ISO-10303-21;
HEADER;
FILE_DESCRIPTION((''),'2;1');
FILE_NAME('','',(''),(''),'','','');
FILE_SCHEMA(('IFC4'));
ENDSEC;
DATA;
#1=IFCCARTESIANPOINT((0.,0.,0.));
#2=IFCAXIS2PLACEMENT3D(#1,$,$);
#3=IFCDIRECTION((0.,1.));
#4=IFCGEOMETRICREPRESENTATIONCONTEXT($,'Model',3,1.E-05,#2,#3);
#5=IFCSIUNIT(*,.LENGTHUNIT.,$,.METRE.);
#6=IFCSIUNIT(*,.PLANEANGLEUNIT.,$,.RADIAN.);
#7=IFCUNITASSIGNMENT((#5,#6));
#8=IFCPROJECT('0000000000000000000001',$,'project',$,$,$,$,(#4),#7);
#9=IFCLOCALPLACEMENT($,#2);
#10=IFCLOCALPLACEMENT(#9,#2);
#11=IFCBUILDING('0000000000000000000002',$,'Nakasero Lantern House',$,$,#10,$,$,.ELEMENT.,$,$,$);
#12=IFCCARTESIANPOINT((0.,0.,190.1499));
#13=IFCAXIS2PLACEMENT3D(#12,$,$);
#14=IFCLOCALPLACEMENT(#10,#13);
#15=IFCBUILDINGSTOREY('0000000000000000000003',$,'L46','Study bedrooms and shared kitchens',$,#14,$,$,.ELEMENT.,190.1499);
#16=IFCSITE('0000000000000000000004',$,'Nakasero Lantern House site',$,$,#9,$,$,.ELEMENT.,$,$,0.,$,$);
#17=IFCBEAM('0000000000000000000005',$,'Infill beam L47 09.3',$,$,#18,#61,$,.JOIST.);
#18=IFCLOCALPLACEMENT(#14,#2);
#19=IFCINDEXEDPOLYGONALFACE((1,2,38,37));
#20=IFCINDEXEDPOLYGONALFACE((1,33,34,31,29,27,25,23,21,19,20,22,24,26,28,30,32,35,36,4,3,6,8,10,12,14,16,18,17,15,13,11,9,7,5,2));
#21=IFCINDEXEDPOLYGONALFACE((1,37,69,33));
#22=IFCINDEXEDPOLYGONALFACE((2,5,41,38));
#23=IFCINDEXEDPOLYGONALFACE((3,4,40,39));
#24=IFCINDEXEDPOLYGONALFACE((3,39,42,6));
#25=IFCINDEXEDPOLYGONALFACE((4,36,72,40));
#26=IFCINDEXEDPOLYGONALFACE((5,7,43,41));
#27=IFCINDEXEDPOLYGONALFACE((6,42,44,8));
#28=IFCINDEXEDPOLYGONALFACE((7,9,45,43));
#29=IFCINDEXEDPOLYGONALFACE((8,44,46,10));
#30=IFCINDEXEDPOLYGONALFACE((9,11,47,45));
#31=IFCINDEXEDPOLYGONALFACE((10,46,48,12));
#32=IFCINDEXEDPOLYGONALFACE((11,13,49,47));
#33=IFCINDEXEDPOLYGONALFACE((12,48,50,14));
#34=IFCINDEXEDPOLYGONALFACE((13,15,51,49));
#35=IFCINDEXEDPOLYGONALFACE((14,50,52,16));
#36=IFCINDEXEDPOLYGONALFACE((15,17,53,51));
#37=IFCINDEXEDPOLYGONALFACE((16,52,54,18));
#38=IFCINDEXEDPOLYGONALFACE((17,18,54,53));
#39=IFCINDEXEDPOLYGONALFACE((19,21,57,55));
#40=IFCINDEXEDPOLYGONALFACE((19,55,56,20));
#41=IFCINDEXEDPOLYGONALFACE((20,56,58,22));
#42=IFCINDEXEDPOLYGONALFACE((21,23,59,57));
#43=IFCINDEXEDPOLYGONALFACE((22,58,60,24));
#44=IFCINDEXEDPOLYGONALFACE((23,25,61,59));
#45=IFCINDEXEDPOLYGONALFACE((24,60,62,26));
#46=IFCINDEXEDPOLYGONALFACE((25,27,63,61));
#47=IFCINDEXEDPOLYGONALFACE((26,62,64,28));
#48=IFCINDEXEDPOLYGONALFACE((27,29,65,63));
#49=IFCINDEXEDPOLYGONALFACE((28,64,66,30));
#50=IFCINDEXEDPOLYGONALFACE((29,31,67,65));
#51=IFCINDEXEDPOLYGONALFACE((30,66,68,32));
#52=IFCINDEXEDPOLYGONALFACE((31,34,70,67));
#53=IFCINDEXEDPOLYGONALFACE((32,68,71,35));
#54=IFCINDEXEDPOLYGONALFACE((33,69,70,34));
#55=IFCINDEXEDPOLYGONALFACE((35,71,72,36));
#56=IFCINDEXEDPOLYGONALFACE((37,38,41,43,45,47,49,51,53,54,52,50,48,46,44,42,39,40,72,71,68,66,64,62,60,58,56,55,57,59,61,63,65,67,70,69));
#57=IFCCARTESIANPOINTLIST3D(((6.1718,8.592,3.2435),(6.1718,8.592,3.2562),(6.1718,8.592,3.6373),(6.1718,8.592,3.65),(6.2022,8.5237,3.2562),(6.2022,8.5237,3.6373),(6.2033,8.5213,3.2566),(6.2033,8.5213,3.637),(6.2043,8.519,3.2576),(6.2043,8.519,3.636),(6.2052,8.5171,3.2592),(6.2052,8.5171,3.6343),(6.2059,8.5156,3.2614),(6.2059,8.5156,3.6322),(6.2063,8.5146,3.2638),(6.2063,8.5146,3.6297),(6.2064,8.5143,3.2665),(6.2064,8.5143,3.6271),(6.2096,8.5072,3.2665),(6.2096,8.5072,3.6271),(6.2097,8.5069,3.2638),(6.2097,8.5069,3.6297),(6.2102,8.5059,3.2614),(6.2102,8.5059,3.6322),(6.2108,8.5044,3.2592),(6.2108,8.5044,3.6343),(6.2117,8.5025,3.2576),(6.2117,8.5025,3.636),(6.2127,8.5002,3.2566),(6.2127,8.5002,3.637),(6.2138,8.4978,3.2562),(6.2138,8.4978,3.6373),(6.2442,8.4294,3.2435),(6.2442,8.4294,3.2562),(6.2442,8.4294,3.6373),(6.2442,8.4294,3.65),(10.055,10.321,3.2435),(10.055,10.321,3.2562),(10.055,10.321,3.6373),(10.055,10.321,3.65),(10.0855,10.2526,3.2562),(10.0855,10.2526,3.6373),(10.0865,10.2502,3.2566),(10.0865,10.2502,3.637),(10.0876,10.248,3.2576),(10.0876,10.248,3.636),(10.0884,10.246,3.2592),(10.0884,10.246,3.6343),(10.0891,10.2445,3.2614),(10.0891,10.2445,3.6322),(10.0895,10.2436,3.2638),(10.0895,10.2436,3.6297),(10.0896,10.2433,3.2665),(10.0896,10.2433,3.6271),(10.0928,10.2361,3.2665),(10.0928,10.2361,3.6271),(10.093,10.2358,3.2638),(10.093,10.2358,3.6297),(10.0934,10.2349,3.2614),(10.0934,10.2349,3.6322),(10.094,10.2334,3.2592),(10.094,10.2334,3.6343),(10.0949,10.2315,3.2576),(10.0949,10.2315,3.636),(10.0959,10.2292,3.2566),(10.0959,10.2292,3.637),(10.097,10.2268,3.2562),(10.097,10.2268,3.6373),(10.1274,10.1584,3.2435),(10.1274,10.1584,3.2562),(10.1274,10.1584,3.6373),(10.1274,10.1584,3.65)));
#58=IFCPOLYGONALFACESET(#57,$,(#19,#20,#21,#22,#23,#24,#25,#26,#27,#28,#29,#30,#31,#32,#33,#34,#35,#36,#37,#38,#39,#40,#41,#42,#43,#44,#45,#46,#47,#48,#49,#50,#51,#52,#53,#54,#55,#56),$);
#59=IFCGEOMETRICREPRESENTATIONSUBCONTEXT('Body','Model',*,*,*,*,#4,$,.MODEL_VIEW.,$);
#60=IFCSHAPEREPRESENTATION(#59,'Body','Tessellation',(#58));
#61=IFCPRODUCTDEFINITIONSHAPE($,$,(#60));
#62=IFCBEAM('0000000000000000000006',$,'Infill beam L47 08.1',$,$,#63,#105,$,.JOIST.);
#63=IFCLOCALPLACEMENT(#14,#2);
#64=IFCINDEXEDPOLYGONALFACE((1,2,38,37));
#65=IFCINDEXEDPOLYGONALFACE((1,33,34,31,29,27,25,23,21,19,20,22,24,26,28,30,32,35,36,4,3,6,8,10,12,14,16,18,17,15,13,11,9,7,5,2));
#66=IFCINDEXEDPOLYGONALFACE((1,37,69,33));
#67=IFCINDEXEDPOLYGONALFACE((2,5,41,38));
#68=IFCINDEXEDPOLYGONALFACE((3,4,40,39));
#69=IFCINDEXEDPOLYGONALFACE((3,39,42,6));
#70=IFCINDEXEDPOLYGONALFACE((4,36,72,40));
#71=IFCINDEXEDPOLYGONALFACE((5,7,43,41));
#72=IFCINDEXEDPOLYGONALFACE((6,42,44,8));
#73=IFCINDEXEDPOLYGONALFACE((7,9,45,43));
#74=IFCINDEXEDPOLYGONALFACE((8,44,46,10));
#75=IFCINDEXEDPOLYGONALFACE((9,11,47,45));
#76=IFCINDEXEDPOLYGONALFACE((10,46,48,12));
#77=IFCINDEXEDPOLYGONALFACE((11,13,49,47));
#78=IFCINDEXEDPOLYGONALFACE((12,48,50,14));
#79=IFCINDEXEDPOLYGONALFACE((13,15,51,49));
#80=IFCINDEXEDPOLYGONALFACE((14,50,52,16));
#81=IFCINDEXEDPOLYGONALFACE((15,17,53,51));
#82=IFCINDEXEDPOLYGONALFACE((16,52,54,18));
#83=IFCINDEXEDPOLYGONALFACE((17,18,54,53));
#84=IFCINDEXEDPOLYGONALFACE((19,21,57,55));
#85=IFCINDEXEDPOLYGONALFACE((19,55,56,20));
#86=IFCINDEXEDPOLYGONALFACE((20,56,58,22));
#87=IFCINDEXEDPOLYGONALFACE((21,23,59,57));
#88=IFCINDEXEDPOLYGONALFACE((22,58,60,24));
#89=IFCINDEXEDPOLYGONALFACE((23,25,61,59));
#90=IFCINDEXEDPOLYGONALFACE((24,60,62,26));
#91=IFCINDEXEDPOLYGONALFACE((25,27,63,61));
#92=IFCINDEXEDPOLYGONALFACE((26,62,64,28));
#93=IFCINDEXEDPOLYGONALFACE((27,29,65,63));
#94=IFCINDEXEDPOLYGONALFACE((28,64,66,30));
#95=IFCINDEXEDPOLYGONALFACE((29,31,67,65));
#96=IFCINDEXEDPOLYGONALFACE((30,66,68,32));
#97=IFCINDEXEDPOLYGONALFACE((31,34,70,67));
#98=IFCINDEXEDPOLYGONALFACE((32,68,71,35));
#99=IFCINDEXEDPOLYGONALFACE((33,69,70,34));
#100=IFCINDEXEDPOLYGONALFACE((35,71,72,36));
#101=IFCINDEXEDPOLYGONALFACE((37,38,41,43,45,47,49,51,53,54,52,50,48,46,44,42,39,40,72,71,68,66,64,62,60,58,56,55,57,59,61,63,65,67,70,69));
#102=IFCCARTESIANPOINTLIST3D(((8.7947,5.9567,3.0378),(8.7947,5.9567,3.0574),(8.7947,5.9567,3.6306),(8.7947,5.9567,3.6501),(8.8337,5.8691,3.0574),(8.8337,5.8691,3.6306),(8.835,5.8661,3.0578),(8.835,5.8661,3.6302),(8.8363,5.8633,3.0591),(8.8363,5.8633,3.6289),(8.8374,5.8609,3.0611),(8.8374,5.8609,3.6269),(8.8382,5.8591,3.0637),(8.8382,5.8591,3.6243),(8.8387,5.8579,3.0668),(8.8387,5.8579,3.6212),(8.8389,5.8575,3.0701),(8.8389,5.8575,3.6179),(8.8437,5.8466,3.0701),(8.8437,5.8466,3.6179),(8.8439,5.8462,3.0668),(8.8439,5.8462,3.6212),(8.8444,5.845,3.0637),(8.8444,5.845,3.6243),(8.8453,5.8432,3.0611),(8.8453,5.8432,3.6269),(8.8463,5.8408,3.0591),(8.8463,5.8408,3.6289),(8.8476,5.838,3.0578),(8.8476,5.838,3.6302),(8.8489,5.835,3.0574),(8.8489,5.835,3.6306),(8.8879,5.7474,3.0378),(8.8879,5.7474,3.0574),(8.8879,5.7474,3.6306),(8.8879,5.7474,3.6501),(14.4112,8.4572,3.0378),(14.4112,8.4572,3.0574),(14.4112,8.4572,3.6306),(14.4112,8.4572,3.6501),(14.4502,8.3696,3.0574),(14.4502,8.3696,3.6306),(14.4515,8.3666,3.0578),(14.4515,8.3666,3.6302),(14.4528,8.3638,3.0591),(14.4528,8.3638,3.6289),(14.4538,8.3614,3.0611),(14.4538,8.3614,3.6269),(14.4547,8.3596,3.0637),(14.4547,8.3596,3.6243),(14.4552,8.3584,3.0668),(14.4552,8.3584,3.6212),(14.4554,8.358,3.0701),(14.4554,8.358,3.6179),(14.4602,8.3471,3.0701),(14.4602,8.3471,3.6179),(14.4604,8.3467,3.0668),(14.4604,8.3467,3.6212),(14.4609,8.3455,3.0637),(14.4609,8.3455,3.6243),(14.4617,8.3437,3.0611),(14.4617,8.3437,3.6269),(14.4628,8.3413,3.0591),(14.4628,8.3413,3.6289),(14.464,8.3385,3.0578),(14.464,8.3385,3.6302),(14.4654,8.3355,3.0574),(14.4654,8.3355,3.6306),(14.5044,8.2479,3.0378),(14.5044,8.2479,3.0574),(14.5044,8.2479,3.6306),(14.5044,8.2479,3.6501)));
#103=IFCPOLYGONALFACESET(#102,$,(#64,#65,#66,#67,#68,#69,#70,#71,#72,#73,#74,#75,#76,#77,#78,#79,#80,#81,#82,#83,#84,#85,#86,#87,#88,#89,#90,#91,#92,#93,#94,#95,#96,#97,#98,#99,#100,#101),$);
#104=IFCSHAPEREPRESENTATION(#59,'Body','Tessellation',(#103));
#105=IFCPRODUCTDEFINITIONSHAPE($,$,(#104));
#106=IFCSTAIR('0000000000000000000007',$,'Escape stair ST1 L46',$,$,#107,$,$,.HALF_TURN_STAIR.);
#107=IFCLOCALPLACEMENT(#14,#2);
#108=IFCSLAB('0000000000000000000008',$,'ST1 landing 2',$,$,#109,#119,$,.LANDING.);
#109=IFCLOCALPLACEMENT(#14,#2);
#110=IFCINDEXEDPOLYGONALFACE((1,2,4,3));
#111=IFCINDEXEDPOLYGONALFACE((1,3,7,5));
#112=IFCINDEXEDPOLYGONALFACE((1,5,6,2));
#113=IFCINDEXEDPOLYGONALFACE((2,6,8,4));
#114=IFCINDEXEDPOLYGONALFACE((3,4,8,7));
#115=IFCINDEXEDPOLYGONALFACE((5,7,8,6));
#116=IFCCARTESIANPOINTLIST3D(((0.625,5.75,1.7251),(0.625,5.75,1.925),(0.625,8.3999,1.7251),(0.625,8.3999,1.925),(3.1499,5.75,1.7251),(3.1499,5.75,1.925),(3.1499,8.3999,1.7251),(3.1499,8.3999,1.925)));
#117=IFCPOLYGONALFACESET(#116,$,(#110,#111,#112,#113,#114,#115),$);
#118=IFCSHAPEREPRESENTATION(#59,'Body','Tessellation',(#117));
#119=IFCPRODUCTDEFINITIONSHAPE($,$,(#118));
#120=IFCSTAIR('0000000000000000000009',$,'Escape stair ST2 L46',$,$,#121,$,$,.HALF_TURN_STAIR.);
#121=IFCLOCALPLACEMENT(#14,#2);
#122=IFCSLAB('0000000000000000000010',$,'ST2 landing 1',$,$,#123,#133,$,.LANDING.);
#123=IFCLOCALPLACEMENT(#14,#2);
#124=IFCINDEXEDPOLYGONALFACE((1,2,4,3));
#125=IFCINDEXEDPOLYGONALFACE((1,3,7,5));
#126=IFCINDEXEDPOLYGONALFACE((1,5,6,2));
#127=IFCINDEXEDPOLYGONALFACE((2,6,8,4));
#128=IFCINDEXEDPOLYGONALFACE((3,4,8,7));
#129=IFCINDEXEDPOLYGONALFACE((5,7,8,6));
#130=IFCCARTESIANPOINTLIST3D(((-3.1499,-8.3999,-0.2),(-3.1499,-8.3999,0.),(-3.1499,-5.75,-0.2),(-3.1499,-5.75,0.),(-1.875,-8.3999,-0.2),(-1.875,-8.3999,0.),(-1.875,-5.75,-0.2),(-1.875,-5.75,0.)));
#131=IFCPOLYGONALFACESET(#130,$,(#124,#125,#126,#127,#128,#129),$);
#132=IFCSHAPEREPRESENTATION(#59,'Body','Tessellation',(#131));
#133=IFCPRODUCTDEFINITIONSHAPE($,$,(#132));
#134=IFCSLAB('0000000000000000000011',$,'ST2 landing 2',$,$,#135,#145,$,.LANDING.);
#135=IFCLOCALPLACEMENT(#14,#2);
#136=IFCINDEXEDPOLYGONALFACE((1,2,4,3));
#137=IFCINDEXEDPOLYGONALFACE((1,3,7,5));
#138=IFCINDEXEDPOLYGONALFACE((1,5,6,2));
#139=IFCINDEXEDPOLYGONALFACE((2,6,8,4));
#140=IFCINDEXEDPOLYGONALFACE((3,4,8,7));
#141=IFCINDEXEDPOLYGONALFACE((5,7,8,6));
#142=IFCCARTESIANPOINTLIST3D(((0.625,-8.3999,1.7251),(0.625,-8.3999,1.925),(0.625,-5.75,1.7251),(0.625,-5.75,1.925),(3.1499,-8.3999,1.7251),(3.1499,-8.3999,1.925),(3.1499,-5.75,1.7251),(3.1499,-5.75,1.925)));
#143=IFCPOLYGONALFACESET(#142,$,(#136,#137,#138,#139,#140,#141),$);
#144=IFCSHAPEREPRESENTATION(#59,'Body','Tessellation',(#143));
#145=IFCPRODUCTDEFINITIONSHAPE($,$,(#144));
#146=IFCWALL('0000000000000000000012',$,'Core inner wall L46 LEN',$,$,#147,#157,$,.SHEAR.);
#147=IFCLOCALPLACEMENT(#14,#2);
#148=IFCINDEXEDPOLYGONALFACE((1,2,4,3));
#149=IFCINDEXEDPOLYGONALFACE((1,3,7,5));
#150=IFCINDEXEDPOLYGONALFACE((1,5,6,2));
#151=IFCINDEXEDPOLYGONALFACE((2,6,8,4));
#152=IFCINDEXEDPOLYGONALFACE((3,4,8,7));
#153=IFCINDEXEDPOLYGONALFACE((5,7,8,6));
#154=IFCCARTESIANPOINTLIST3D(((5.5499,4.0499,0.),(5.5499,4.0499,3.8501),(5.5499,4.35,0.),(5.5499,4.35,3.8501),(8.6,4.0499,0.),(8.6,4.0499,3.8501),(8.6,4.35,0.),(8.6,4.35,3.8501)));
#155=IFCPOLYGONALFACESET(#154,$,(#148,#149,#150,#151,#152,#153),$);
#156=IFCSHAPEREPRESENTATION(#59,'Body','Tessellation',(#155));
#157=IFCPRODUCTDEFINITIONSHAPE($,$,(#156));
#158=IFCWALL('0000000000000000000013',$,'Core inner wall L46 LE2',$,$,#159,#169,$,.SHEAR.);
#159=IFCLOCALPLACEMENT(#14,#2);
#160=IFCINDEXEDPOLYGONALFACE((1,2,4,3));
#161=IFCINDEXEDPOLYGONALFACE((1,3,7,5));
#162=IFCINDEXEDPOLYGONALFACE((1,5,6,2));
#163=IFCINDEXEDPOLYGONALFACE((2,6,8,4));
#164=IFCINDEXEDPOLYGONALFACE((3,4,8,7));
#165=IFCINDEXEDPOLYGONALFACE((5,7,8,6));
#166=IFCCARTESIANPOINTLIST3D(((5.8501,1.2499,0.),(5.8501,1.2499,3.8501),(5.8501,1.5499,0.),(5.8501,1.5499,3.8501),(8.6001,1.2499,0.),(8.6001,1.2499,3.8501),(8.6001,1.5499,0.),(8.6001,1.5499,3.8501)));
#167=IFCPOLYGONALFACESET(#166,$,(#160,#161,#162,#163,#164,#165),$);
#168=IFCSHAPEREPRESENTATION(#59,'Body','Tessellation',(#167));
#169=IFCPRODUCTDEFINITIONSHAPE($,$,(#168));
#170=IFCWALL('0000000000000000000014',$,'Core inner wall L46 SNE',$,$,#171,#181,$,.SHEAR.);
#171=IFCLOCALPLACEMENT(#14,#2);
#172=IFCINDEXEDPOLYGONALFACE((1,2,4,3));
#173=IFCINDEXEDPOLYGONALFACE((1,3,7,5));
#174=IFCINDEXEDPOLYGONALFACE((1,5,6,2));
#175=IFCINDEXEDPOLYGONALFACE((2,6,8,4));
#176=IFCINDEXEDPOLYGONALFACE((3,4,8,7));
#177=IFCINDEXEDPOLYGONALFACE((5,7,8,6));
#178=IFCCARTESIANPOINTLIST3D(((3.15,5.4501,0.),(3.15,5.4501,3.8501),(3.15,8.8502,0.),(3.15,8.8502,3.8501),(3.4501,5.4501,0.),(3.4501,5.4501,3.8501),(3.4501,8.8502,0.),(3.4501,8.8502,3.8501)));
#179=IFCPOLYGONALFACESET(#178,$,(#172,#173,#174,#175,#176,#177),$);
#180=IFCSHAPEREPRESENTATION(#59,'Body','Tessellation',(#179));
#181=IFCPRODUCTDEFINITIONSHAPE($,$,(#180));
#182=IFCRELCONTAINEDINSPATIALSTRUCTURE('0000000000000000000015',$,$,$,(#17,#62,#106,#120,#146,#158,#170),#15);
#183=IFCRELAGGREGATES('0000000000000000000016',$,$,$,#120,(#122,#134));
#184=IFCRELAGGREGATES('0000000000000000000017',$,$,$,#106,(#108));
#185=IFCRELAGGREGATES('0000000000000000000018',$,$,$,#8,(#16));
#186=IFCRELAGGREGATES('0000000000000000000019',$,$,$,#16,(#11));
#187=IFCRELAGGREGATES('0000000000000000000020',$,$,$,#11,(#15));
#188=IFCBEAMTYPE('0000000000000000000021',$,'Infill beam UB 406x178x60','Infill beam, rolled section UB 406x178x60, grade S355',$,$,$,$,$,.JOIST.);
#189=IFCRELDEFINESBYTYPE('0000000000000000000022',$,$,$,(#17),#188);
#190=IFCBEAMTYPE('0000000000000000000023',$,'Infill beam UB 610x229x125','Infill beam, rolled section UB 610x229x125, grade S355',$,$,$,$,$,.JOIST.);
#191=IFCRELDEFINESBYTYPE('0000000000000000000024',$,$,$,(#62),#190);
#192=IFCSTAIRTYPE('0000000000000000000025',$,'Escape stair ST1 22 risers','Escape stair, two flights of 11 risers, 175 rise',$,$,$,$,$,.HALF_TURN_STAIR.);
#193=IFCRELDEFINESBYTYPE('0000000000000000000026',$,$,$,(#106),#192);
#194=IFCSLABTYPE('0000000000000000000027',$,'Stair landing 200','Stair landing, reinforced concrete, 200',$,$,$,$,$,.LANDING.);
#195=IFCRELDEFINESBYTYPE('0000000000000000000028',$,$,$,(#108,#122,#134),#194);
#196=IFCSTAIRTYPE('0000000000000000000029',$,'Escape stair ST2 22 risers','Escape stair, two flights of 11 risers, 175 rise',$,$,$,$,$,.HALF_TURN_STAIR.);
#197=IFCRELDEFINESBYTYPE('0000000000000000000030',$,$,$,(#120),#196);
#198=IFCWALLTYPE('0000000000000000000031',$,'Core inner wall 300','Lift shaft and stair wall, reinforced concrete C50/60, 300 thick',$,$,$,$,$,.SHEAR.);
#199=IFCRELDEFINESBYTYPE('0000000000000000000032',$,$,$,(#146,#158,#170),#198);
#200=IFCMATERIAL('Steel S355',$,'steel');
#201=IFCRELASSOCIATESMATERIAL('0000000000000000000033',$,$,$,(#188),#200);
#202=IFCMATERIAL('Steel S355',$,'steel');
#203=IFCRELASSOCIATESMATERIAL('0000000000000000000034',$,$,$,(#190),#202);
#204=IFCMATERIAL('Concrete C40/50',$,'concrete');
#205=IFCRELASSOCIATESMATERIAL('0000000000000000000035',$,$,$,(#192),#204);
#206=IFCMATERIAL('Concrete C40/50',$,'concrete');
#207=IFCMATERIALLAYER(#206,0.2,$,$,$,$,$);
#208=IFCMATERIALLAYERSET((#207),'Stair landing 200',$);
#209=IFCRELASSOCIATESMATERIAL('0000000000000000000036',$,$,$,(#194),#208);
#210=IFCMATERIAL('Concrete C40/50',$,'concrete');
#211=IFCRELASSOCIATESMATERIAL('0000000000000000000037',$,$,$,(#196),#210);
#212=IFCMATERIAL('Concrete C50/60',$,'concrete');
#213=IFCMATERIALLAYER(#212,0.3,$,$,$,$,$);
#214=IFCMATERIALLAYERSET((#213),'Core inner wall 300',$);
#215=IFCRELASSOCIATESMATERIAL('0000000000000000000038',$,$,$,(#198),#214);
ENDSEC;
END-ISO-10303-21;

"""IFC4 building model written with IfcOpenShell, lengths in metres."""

from ifc_helpers import new_model, si_unit, direction, frame, frame_2d, origin, origin_2d, place, context, subcontext, project, spatial, polyline, rectangle, i_section, outline, extrude, material, layer, layer_set, material_profile, profile_set, type_object, element, aggregate, save


model = new_model("IFC4")

# Units and contexts
model_context = context("Model", 3, precision=1e-05, world=origin(), true_north=direction((0.0, 1.0)))
body_context = subcontext(model_context, "Body", "Model", "MODEL_VIEW")
ifc_project = project(units=[si_unit("LENGTHUNIT", "METRE"), si_unit("PLANEANGLEUNIT", "RADIAN")], contexts=[model_context])

# Site, building, storey
site_placement = place(None, origin())
site = spatial("IfcSite", under=ifc_project, at=site_placement, Name="Nakasero Lantern House site", CompositionType="ELEMENT", RefElevation=0.0)
building_placement = place(site_placement, origin())
building = spatial("IfcBuilding", under=site, at=building_placement, Name="Nakasero Lantern House", CompositionType="ELEMENT")
storey_placement = place(building_placement, frame((0.0, 0.0, 190.1499)))
storey = spatial("IfcBuildingStorey", under=building, at=storey_placement, Name="L46", Description="Study bedrooms and shared kitchens", CompositionType="ELEMENT", Elevation=190.1499)

# Beams
ifc_material_1 = material(Name="Steel S355", Category="steel")
ifc_material_profile_1 = material_profile(ifc_material_1, i_section(OverallWidth=0.178, OverallDepth=0.4065, WebThickness=0.0078, FlangeThickness=0.0127, FilletRadius=0.0103, at=origin_2d()), Name="UB 406x178x60")
ifc_profile_set_1 = profile_set([ifc_material_profile_1], Name="Steel S355")
beam_type_1 = type_object("IfcBeamType", Name="Infill beam UB 406x178x60", Description="Infill beam, rolled section UB 406x178x60, grade S355", PredefinedType="JOIST", material=ifc_profile_set_1)
beam_1_placement = place(storey_placement, frame((6.208, 8.5107, 3.4468), z_axis=(0.913541, 0.406746, 0.0), x_axis=(-0.406746, 0.913541, 0.0)))
element("IfcBeam", 1, at=beam_1_placement, inside=storey, type_object=beam_type_1, Name="Infill beam L47 09.3", PredefinedType="JOIST", context=body_context, shape_type="SweptSolid", body=[
    extrude(i_section(OverallWidth=0.178, OverallDepth=0.4065, WebThickness=0.0078, FlangeThickness=0.0127, FilletRadius=0.0103, at=origin_2d()), origin(), (0.0, 0.0, 1.0), 4.2507),
])
ifc_material_2 = material(Name="Steel S355", Category="steel")
ifc_material_profile_2 = material_profile(ifc_material_2, i_section(OverallWidth=0.229, OverallDepth=0.6123, WebThickness=0.012, FlangeThickness=0.0195, FilletRadius=0.0127, at=origin_2d()), Name="UB 610x229x125")
ifc_profile_set_2 = profile_set([ifc_material_profile_2], Name="Steel S355")
beam_type_2 = type_object("IfcBeamType", Name="Infill beam UB 610x229x125", Description="Infill beam, rolled section UB 610x229x125, grade S355", PredefinedType="JOIST", material=ifc_profile_set_2)
beam_2_placement = place(storey_placement, frame((8.8413, 5.8521, 3.344), z_axis=(0.913553, 0.406721, 0.0), x_axis=(-0.406721, 0.913553, 0.0)))
element("IfcBeam", 2, at=beam_2_placement, inside=storey, type_object=beam_type_2, Name="Infill beam L47 08.1", PredefinedType="JOIST", context=body_context, shape_type="SweptSolid", body=[
    extrude(i_section(OverallWidth=0.229, OverallDepth=0.6123, WebThickness=0.012, FlangeThickness=0.0195, FilletRadius=0.0127, at=origin_2d()), origin(), (0.0, 0.0, 1.0), 6.1479),
])

# Stair, slab
ifc_material_3 = material(Name="Concrete C40/50", Category="concrete")
stair_type_1 = type_object("IfcStairType", Name="Escape stair ST1 22 risers", Description="Escape stair, two flights of 11 risers, 175 rise", PredefinedType="HALF_TURN_STAIR", material=ifc_material_3)
stair_1_placement = place(storey_placement, origin())
stair_1 = element("IfcStair", 3, at=stair_1_placement, inside=storey, type_object=stair_type_1, Name="Escape stair ST1 L46", PredefinedType="HALF_TURN_STAIR")
ifc_material_4 = material(Name="Concrete C40/50", Category="concrete")
ifc_layer_1 = layer(ifc_material_4, 0.2)
ifc_layer_set_1 = layer_set([ifc_layer_1], Name="Stair landing 200")
slab_type = type_object("IfcSlabType", Name="Stair landing 200", Description="Stair landing, reinforced concrete, 200", PredefinedType="LANDING", material=ifc_layer_set_1)
slab_1_placement = place(storey_placement, frame((0.0, 0.0, 1.7251)))
slab_1 = element("IfcSlab", 4, at=slab_1_placement, type_object=slab_type, Name="ST1 landing 2", PredefinedType="LANDING", context=body_context, shape_type="SweptSolid", body=[
    extrude(outline(polyline([(0.625, 5.75), (3.1499, 5.75), (3.1499, 8.3999), (0.625, 8.3999), (0.625, 5.75)])), origin(), (0.0, 0.0, 1.0), 0.2),
])

# Stair, slabs
ifc_material_5 = material(Name="Concrete C40/50", Category="concrete")
stair_type_2 = type_object("IfcStairType", Name="Escape stair ST2 22 risers", Description="Escape stair, two flights of 11 risers, 175 rise", PredefinedType="HALF_TURN_STAIR", material=ifc_material_5)
stair_2_placement = place(storey_placement, origin())
stair_2 = element("IfcStair", 5, at=stair_2_placement, inside=storey, type_object=stair_type_2, Name="Escape stair ST2 L46", PredefinedType="HALF_TURN_STAIR")
slab_2_placement = place(storey_placement, frame((0.0, 0.0, -0.2)))
slab_2 = element("IfcSlab", 6, at=slab_2_placement, type_object=slab_type, Name="ST2 landing 1", PredefinedType="LANDING", context=body_context, shape_type="SweptSolid", body=[
    extrude(outline(polyline([(-3.1499, -8.3999), (-1.875, -8.3999), (-1.875, -5.75), (-3.1499, -5.75), (-3.1499, -8.3999)])), origin(), (0.0, 0.0, 1.0), 0.2),
])
slab_3_placement = place(storey_placement, frame((0.0, 0.0, 1.7251)))
slab_3 = element("IfcSlab", 7, at=slab_3_placement, type_object=slab_type, Name="ST2 landing 2", PredefinedType="LANDING", context=body_context, shape_type="SweptSolid", body=[
    extrude(outline(polyline([(0.625, -8.3999), (3.1499, -8.3999), (3.1499, -5.75), (0.625, -5.75), (0.625, -8.3999)])), origin(), (0.0, 0.0, 1.0), 0.2),
])
aggregate(stair_2, [slab_2, slab_3])

# Walls
ifc_material_6 = material(Name="Concrete C50/60", Category="concrete")
ifc_layer_2 = layer(ifc_material_6, 0.3)
ifc_layer_set_2 = layer_set([ifc_layer_2], Name="Core inner wall 300")
wall_type_1 = type_object("IfcWallType", Name="Core inner wall 300", Description="Lift shaft and stair wall, reinforced concrete C50/60, 300 thick", PredefinedType="SHEAR", material=ifc_layer_set_2)
wall_1_placement = place(storey_placement, frame((5.55, 4.2, 0.0), z_axis=(0.0, 0.0, 1.0), x_axis=(1.0, 0.0, 0.0)))
element("IfcWall", 8, at=wall_1_placement, inside=storey, type_object=wall_type_1, Name="Core inner wall L46 LEN", PredefinedType="SHEAR", context=body_context, shape_type="SweptSolid", body=[
    extrude(rectangle(XDim=3.05, YDim=0.3, at=frame_2d((1.5249, 0.0))), origin(), (0.0, 0.0, 1.0), 3.8501),
])
wall_2_placement = place(storey_placement, frame((5.8501, 1.3999, 0.0), z_axis=(0.0, 0.0, 1.0), x_axis=(1.0, 0.0, 0.0)))
element("IfcWall", 9, at=wall_2_placement, inside=storey, type_object=wall_type_1, Name="Core inner wall L46 LE2", PredefinedType="SHEAR", context=body_context, shape_type="SweptSolid", body=[
    extrude(rectangle(XDim=2.75, YDim=0.3, at=frame_2d((1.375, 0.0))), origin(), (0.0, 0.0, 1.0), 3.8501),
])
wall_3_placement = place(storey_placement, frame((3.3, 5.45, 0.0), z_axis=(0.0, 0.0, 1.0), x_axis=(0.0, 1.0, 0.0)))
element("IfcWall", 10, at=wall_3_placement, inside=storey, type_object=wall_type_1, Name="Core inner wall L46 SNE", PredefinedType="SHEAR", context=body_context, shape_type="SweptSolid", body=[
    extrude(rectangle(XDim=3.4001, YDim=0.3, at=frame_2d((1.7002, 0.0))), origin(), (0.0, 0.0, 1.0), 3.8501),
])

aggregate(stair_1, [slab_1])

save(model, "model.ifc")
